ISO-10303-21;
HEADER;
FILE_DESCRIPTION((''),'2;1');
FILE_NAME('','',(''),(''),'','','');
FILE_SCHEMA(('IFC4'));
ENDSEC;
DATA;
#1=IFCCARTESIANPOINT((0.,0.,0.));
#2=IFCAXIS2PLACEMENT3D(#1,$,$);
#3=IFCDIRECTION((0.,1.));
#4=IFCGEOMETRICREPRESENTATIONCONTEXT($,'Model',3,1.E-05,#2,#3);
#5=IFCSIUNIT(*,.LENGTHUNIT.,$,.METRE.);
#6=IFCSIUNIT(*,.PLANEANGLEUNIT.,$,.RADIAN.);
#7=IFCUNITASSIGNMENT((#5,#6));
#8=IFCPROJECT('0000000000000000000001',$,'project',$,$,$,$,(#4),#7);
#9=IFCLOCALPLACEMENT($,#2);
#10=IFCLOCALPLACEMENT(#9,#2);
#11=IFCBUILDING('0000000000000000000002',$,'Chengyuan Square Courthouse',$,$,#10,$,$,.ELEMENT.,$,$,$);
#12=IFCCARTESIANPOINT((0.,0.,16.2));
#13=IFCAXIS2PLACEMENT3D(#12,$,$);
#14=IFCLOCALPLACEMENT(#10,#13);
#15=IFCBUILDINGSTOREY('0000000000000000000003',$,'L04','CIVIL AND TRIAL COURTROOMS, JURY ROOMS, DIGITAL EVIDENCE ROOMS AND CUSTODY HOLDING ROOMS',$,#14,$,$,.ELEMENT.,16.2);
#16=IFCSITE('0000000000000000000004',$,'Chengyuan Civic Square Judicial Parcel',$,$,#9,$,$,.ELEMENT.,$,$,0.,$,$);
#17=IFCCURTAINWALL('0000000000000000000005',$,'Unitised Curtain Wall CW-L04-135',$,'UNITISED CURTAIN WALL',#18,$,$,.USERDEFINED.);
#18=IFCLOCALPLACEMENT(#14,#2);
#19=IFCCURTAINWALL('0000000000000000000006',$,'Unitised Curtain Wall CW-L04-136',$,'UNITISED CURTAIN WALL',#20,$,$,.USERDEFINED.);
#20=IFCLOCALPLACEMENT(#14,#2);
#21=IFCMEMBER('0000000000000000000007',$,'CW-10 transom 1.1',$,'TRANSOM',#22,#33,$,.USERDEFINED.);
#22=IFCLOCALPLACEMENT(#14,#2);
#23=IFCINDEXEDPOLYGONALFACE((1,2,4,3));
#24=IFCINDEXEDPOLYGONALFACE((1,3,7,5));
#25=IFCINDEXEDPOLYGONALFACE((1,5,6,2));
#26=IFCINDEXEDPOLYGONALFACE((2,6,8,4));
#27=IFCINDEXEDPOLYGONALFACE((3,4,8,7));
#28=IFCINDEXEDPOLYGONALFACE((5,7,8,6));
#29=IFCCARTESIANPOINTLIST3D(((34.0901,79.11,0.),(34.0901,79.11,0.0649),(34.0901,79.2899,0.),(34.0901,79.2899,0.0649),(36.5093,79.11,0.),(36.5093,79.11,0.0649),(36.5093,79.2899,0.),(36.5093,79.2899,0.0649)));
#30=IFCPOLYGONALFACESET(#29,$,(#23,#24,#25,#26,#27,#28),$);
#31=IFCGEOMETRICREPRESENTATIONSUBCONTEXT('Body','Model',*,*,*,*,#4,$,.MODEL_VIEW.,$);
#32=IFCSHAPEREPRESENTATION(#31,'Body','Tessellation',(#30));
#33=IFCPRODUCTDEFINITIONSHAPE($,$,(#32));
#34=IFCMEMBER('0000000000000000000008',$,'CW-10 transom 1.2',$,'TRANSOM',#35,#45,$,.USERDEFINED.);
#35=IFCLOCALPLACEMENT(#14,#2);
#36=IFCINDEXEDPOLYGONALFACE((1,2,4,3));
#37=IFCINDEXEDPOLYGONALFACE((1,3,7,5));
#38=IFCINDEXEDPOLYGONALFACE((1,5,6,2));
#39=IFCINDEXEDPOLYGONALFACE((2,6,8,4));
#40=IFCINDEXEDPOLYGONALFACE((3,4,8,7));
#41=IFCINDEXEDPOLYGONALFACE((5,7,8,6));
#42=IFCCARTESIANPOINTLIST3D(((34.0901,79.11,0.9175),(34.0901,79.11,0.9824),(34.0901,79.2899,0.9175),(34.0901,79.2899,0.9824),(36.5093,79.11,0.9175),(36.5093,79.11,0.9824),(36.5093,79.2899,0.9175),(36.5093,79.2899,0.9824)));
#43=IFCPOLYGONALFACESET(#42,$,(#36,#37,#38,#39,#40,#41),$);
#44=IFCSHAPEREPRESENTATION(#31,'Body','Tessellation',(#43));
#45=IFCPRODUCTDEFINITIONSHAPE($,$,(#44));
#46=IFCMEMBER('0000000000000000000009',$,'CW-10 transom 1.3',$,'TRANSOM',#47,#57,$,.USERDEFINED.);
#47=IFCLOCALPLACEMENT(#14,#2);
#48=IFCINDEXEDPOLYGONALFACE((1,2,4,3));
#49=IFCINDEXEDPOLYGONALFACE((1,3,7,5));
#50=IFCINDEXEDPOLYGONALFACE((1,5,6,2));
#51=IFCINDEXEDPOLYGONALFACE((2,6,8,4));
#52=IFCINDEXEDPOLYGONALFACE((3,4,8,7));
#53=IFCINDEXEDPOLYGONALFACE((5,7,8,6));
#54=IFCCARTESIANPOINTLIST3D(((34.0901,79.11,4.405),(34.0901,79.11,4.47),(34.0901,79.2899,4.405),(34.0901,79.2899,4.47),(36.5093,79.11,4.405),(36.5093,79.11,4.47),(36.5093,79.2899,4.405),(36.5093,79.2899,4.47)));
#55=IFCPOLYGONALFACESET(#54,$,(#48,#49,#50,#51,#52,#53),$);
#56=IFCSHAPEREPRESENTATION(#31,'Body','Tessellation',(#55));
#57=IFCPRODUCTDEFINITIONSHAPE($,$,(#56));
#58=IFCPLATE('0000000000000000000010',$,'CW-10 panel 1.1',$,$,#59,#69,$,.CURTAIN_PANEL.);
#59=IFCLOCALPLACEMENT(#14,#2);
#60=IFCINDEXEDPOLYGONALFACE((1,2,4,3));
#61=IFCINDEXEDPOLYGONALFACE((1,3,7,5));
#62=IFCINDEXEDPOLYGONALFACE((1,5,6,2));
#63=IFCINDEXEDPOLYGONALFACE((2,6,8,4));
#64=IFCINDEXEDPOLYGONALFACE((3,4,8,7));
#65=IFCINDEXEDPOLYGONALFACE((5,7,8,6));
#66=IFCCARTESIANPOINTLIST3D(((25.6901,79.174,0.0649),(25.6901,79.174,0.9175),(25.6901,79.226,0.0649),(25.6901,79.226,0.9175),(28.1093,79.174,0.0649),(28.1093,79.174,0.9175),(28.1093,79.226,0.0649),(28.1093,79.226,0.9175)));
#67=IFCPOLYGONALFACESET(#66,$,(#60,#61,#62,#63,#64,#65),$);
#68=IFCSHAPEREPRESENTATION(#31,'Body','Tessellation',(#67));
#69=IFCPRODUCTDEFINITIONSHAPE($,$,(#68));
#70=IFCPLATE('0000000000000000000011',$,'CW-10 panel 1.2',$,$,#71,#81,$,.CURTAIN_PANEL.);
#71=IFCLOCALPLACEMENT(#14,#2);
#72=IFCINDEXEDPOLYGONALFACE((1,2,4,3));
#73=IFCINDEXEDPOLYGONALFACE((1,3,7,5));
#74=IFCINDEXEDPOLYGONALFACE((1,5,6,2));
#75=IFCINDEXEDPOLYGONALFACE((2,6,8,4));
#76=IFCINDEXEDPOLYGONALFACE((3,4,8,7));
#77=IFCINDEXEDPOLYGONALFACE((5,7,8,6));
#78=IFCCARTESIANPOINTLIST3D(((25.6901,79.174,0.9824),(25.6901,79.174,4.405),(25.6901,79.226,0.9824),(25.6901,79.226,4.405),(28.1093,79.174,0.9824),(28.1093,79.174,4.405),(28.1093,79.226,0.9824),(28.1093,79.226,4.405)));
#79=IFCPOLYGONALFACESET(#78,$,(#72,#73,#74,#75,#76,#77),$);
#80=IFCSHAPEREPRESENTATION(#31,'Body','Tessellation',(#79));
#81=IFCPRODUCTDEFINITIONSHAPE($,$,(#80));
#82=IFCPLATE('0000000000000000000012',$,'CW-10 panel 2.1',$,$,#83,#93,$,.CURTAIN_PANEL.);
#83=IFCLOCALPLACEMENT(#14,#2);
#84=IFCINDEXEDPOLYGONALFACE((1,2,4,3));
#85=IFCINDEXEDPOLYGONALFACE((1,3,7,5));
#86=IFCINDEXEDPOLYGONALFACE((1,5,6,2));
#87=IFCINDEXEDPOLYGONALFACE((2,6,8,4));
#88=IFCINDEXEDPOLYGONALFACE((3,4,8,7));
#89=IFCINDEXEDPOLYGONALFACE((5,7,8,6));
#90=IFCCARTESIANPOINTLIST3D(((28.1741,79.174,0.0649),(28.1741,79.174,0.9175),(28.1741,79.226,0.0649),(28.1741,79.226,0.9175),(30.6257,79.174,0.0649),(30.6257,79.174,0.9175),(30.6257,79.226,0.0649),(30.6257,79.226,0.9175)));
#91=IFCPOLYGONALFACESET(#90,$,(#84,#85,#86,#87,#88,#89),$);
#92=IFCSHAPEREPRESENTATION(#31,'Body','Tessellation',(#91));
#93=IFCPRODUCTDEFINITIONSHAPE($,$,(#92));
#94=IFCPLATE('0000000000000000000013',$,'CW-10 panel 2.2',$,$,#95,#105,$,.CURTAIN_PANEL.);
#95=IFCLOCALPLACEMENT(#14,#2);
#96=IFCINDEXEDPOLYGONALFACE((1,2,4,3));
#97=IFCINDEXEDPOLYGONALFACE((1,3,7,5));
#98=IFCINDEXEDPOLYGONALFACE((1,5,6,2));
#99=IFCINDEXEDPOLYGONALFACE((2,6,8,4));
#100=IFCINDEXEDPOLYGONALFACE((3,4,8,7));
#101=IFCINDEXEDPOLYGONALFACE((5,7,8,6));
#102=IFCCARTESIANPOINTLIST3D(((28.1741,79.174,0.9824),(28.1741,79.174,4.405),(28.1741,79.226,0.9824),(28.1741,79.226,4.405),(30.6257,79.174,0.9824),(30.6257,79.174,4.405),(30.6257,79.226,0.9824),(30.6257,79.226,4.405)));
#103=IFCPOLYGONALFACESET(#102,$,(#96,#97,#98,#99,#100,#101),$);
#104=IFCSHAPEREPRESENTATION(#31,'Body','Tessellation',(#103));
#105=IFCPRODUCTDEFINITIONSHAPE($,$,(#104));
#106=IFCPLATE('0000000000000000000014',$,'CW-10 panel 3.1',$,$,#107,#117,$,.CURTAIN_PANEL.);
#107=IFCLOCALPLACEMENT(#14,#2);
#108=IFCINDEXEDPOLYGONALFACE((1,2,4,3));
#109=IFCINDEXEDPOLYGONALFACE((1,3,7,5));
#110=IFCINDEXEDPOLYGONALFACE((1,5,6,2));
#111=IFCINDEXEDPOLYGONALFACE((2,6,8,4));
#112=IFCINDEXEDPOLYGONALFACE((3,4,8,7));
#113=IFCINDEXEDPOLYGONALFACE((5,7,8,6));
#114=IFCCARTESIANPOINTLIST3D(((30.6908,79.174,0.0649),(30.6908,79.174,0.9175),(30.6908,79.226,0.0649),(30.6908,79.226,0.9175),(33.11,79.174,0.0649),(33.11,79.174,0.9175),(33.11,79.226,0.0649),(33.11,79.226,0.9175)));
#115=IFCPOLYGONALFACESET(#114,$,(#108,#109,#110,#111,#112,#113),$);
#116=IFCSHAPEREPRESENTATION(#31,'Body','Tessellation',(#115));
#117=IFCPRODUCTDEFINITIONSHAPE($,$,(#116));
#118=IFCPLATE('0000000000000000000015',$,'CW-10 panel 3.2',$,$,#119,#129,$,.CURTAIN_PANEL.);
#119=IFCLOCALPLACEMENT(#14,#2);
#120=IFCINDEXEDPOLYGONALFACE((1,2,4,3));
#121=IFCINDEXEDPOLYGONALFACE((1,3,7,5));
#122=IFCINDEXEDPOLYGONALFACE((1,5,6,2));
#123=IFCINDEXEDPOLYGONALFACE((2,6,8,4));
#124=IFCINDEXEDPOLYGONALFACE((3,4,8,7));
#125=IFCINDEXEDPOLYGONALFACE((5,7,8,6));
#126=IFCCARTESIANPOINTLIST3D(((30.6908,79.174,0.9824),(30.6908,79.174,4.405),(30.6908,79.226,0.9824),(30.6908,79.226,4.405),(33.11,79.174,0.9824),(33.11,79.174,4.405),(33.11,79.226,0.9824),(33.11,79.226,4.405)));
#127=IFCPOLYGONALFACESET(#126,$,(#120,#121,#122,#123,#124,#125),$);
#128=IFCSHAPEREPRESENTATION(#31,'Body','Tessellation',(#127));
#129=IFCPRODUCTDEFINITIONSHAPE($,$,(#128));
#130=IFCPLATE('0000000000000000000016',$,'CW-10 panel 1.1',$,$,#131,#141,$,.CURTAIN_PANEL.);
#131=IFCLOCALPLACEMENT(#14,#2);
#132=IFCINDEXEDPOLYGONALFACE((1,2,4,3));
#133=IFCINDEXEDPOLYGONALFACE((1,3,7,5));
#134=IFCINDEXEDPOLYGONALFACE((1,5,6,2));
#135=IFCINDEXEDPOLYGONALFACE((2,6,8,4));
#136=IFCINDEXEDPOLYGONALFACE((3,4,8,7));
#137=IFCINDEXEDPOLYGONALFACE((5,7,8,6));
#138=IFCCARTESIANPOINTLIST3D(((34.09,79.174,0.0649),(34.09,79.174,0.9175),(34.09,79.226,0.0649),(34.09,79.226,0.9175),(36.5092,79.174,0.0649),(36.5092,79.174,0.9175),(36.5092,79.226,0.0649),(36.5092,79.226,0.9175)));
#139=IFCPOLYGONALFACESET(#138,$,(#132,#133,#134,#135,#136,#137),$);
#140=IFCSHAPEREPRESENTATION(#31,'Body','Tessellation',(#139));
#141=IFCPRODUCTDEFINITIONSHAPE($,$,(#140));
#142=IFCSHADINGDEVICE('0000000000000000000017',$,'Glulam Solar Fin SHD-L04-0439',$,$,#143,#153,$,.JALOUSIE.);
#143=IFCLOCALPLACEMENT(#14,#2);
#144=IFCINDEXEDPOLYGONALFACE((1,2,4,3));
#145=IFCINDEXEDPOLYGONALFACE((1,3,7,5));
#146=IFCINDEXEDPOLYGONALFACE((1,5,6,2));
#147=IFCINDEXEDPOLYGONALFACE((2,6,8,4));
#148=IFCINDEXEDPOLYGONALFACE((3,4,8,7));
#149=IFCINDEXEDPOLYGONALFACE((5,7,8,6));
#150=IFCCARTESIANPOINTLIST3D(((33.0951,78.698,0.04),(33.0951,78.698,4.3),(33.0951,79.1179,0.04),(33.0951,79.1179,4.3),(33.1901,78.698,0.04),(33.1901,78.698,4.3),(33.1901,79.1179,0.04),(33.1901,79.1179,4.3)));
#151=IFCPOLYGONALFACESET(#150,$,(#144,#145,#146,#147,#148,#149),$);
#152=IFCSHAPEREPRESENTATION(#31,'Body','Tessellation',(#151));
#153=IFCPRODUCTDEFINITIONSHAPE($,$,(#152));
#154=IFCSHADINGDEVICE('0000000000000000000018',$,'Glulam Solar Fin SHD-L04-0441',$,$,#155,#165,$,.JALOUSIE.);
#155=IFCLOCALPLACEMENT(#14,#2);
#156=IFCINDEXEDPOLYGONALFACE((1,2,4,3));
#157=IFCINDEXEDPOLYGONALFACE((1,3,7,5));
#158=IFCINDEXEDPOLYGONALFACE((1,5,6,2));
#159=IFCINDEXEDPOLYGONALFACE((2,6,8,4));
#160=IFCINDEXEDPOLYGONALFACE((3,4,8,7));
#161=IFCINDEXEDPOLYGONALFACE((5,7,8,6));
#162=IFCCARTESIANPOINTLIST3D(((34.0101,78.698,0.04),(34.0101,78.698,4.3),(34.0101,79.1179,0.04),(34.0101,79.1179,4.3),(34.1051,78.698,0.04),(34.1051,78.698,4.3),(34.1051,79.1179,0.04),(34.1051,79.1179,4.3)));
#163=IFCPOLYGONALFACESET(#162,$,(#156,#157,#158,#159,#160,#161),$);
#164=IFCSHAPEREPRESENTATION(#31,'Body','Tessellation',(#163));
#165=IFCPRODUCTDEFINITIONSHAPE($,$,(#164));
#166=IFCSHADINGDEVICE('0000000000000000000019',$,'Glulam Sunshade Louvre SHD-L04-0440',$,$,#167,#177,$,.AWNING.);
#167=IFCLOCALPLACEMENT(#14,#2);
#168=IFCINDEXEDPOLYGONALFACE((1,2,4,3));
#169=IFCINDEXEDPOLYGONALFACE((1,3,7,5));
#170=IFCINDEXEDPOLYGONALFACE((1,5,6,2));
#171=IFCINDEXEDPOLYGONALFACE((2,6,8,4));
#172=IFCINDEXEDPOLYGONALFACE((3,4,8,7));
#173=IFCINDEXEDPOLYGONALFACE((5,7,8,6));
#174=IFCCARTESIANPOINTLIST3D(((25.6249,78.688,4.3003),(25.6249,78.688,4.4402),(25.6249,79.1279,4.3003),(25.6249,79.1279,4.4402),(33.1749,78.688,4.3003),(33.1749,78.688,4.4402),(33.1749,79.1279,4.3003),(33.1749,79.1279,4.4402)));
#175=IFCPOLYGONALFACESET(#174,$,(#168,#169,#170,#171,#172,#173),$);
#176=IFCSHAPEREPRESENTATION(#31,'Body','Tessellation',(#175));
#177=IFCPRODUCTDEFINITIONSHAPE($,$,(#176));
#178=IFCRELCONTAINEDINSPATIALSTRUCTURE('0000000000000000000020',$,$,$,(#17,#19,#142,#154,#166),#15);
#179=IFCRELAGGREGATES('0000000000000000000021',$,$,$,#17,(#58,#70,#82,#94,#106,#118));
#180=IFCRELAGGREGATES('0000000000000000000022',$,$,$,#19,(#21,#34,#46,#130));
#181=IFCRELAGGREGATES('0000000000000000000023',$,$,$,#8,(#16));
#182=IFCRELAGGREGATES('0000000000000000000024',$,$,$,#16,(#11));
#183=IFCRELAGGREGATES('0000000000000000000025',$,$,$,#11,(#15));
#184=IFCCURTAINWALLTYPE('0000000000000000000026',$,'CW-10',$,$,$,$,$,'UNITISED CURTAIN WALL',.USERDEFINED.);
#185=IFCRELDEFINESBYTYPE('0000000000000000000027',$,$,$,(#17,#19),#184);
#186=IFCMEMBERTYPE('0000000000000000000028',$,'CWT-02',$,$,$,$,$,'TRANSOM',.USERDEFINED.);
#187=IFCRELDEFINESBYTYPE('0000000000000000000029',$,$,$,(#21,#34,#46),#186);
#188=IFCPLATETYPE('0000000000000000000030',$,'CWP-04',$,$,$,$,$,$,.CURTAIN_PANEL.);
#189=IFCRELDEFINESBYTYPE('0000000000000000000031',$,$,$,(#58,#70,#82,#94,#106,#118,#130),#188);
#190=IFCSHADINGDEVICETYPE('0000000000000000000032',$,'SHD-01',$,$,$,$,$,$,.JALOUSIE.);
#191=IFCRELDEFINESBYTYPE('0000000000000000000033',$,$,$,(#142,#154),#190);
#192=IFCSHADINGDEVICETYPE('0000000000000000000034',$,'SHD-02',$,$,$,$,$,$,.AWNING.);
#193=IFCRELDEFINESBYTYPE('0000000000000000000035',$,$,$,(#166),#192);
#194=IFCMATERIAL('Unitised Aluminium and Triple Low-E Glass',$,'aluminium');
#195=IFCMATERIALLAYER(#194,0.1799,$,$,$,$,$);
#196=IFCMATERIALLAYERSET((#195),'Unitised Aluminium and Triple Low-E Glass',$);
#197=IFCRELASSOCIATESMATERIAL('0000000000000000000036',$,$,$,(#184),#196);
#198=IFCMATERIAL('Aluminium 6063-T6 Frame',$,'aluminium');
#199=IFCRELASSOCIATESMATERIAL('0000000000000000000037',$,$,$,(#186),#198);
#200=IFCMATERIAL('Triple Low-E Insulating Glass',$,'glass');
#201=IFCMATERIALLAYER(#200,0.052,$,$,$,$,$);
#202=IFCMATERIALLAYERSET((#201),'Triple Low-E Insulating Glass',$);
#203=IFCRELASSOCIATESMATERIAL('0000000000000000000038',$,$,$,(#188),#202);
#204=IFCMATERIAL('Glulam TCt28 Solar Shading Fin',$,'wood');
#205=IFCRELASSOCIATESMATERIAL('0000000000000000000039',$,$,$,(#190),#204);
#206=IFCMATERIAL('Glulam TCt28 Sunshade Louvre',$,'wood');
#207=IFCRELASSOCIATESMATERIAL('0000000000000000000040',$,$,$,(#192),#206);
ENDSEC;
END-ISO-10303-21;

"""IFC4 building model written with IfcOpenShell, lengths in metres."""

from ifc_helpers import new_model, si_unit, direction, frame, origin, origin_2d, place, context, subcontext, project, spatial, rectangle, extrude, material, layer, layer_set, material_profile, profile_set, type_object, element, aggregate, save


model = new_model("IFC4")

# Units and contexts
model_context = context("Model", 3, precision=1e-05, world=origin(), true_north=direction((0.0, 1.0)))
body_context = subcontext(model_context, "Body", "Model", "MODEL_VIEW")
ifc_project = project(units=[si_unit("LENGTHUNIT", "METRE"), si_unit("PLANEANGLEUNIT", "RADIAN")], contexts=[model_context])

# Site, building, storey
site_placement = place(None, origin())
site = spatial("IfcSite", under=ifc_project, at=site_placement, Name="Chengyuan Civic Square Judicial Parcel", CompositionType="ELEMENT", RefElevation=0.0)
building_placement = place(site_placement, origin())
building = spatial("IfcBuilding", under=site, at=building_placement, Name="Chengyuan Square Courthouse", CompositionType="ELEMENT")
storey_placement = place(building_placement, frame((0.0, 0.0, 16.2)))
storey = spatial("IfcBuildingStorey", under=building, at=storey_placement, Name="L04", Description="CIVIL AND TRIAL COURTROOMS, JURY ROOMS, DIGITAL EVIDENCE ROOMS AND CUSTODY HOLDING ROOMS", CompositionType="ELEMENT", Elevation=16.2)

# Curtain wall
ifc_material_1 = material(Name="Unitised Aluminium and Triple Low-E Glass", Category="aluminium")
ifc_layer_1 = layer(ifc_material_1, 0.1799)
ifc_layer_set_1 = layer_set([ifc_layer_1], Name="Unitised Aluminium and Triple Low-E Glass")
curtain_wall_type = type_object("IfcCurtainWallType", Name="CW-10", ElementType="UNITISED CURTAIN WALL", PredefinedType="USERDEFINED", material=ifc_layer_set_1)
curtain_wall_1_placement = place(storey_placement, origin())
curtain_wall_1 = element("IfcCurtainWall", 1, at=curtain_wall_1_placement, inside=storey, type_object=curtain_wall_type, Name="Unitised Curtain Wall CW-L04-135", ObjectType="UNITISED CURTAIN WALL", PredefinedType="USERDEFINED")
ifc_material_2 = material(Name="Aluminium 6063-T6 Frame", Category="aluminium")

# Curtain wall
curtain_wall_2_placement = place(storey_placement, origin())
curtain_wall_2 = element("IfcCurtainWall", 2, at=curtain_wall_2_placement, inside=storey, type_object=curtain_wall_type, Name="Unitised Curtain Wall CW-L04-136", ObjectType="UNITISED CURTAIN WALL", PredefinedType="USERDEFINED")

# Members
ifc_material_profile_1 = material_profile(ifc_material_2, rectangle(XDim=0.1799, YDim=0.0649, at=origin_2d()), Name="CW-TRN-65x140")
ifc_profile_set_1 = profile_set([ifc_material_profile_1], Name="Aluminium 6063-T6 Frame")
member_type_1 = type_object("IfcMemberType", Name="CWT-02", ElementType="TRANSOM", PredefinedType="USERDEFINED", material=ifc_profile_set_1)
member_1_placement = place(storey_placement, frame((34.0901, 79.2, 0.0325), z_axis=(1.0, 0.0, 0.0), x_axis=(0.0, 1.0, 0.0)))
member_1 = element("IfcMember", 3, at=member_1_placement, type_object=member_type_1, Name="CW-10 transom 1.1", ObjectType="TRANSOM", PredefinedType="USERDEFINED", context=body_context, shape_type="SweptSolid", body=[
    extrude(rectangle(XDim=0.1799, YDim=0.0649, at=origin_2d()), origin(), (0.0, 0.0, 1.0), 2.4192),
])
member_2_placement = place(storey_placement, frame((34.0901, 79.2, 0.95), z_axis=(1.0, 0.0, 0.0), x_axis=(0.0, 1.0, 0.0)))
member_2 = element("IfcMember", 4, at=member_2_placement, type_object=member_type_1, Name="CW-10 transom 1.2", ObjectType="TRANSOM", PredefinedType="USERDEFINED", context=body_context, shape_type="SweptSolid", body=[
    extrude(rectangle(XDim=0.1799, YDim=0.0649, at=origin_2d()), origin(), (0.0, 0.0, 1.0), 2.4192),
])
member_3_placement = place(storey_placement, frame((34.0901, 79.2, 4.4375), z_axis=(1.0, 0.0, 0.0), x_axis=(0.0, 1.0, 0.0)))
member_3 = element("IfcMember", 5, at=member_3_placement, type_object=member_type_1, Name="CW-10 transom 1.3", ObjectType="TRANSOM", PredefinedType="USERDEFINED", context=body_context, shape_type="SweptSolid", body=[
    extrude(rectangle(XDim=0.1799, YDim=0.0649, at=origin_2d()), origin(), (0.0, 0.0, 1.0), 2.4192),
])

# Plates
ifc_material_3 = material(Name="Triple Low-E Insulating Glass", Category="glass")
ifc_layer_2 = layer(ifc_material_3, 0.052)
ifc_layer_set_2 = layer_set([ifc_layer_2], Name="Triple Low-E Insulating Glass")
plate_type = type_object("IfcPlateType", Name="CWP-04", PredefinedType="CURTAIN_PANEL", material=ifc_layer_set_2)
plate_1_placement = place(storey_placement, frame((26.8997, 79.2, 0.0649), z_axis=(0.0, 0.0, 1.0), x_axis=(1.0, 0.0, 0.0)))
plate_1 = element("IfcPlate", 6, at=plate_1_placement, type_object=plate_type, Name="CW-10 panel 1.1", PredefinedType="CURTAIN_PANEL", context=body_context, shape_type="SweptSolid", body=[
    extrude(rectangle(XDim=2.4192, YDim=0.052, at=origin_2d()), origin(), (0.0, 0.0, 1.0), 0.8525),
])
plate_2_placement = place(storey_placement, frame((26.8997, 79.2, 0.9824), z_axis=(0.0, 0.0, 1.0), x_axis=(1.0, 0.0, 0.0)))
plate_2 = element("IfcPlate", 7, at=plate_2_placement, type_object=plate_type, Name="CW-10 panel 1.2", PredefinedType="CURTAIN_PANEL", context=body_context, shape_type="SweptSolid", body=[
    extrude(rectangle(XDim=2.4192, YDim=0.052, at=origin_2d()), origin(), (0.0, 0.0, 1.0), 3.4226),
])
plate_3_placement = place(storey_placement, frame((29.3999, 79.2, 0.0649), z_axis=(0.0, 0.0, 1.0), x_axis=(1.0, 0.0, 0.0)))
plate_3 = element("IfcPlate", 8, at=plate_3_placement, type_object=plate_type, Name="CW-10 panel 2.1", PredefinedType="CURTAIN_PANEL", context=body_context, shape_type="SweptSolid", body=[
    extrude(rectangle(XDim=2.4517, YDim=0.052, at=origin_2d()), origin(), (0.0, 0.0, 1.0), 0.8525),
])
plate_4_placement = place(storey_placement, frame((29.3999, 79.2, 0.9824), z_axis=(0.0, 0.0, 1.0), x_axis=(1.0, 0.0, 0.0)))
plate_4 = element("IfcPlate", 9, at=plate_4_placement, type_object=plate_type, Name="CW-10 panel 2.2", PredefinedType="CURTAIN_PANEL", context=body_context, shape_type="SweptSolid", body=[
    extrude(rectangle(XDim=2.4517, YDim=0.052, at=origin_2d()), origin(), (0.0, 0.0, 1.0), 3.4226),
])
plate_5_placement = place(storey_placement, frame((31.9004, 79.2, 0.0649), z_axis=(0.0, 0.0, 1.0), x_axis=(1.0, 0.0, 0.0)))
plate_5 = element("IfcPlate", 10, at=plate_5_placement, type_object=plate_type, Name="CW-10 panel 3.1", PredefinedType="CURTAIN_PANEL", context=body_context, shape_type="SweptSolid", body=[
    extrude(rectangle(XDim=2.4192, YDim=0.052, at=origin_2d()), origin(), (0.0, 0.0, 1.0), 0.8525),
])
plate_6_placement = place(storey_placement, frame((31.9004, 79.2, 0.9824), z_axis=(0.0, 0.0, 1.0), x_axis=(1.0, 0.0, 0.0)))
plate_6 = element("IfcPlate", 11, at=plate_6_placement, type_object=plate_type, Name="CW-10 panel 3.2", PredefinedType="CURTAIN_PANEL", context=body_context, shape_type="SweptSolid", body=[
    extrude(rectangle(XDim=2.4192, YDim=0.052, at=origin_2d()), origin(), (0.0, 0.0, 1.0), 3.4226),
])
aggregate(curtain_wall_1, [plate_1, plate_2, plate_3, plate_4, plate_5, plate_6])
plate_7_placement = place(storey_placement, frame((35.2996, 79.2, 0.0649), z_axis=(0.0, 0.0, 1.0), x_axis=(1.0, 0.0, 0.0)))
plate_7 = element("IfcPlate", 12, at=plate_7_placement, type_object=plate_type, Name="CW-10 panel 1.1", PredefinedType="CURTAIN_PANEL", context=body_context, shape_type="SweptSolid", body=[
    extrude(rectangle(XDim=2.4192, YDim=0.052, at=origin_2d()), origin(), (0.0, 0.0, 1.0), 0.8525),
])
aggregate(curtain_wall_2, [member_1, member_2, member_3, plate_7])

# Shading devices
ifc_material_4 = material(Name="Glulam TCt28 Solar Shading Fin", Category="wood")
shading_device_type_1 = type_object("IfcShadingDeviceType", Name="SHD-01", PredefinedType="JALOUSIE", material=ifc_material_4)
for number, where, z_axis, x_axis, name in (
    (13, (33.1426, 78.908, 0.04), (0.0, 0.0, 1.0), (0.0, 1.0, 0.0), "Glulam Solar Fin SHD-L04-0439"),
    (14, (34.0576, 78.908, 0.04), (0.0, 0.0, 1.0), (0.0, 1.0, 0.0), "Glulam Solar Fin SHD-L04-0441"),
):
    element("IfcShadingDevice", number, at=place(storey_placement, frame(where, z_axis=z_axis, x_axis=x_axis)), inside=storey, type_object=shading_device_type_1, Name=name, PredefinedType="JALOUSIE", context=body_context, shape_type="SweptSolid", body=[
        extrude(rectangle(XDim=0.4199, YDim=0.095, at=origin_2d()), origin(), (0.0, 0.0, 1.0), 4.26),
    ])
ifc_material_5 = material(Name="Glulam TCt28 Sunshade Louvre", Category="wood")
shading_device_type_2 = type_object("IfcShadingDeviceType", Name="SHD-02", PredefinedType="AWNING", material=ifc_material_5)
shading_device_placement = place(storey_placement, frame((29.3999, 78.908, 4.3003), z_axis=(0.0, 0.0, 1.0), x_axis=(1.0, 0.0, 0.0)))
element("IfcShadingDevice", 15, at=shading_device_placement, inside=storey, type_object=shading_device_type_2, Name="Glulam Sunshade Louvre SHD-L04-0440", PredefinedType="AWNING", context=body_context, shape_type="SweptSolid", body=[
    extrude(rectangle(XDim=7.55, YDim=0.4399, at=origin_2d()), origin(), (0.0, 0.0, 1.0), 0.1399),
])

save(model, "model.ifc")
